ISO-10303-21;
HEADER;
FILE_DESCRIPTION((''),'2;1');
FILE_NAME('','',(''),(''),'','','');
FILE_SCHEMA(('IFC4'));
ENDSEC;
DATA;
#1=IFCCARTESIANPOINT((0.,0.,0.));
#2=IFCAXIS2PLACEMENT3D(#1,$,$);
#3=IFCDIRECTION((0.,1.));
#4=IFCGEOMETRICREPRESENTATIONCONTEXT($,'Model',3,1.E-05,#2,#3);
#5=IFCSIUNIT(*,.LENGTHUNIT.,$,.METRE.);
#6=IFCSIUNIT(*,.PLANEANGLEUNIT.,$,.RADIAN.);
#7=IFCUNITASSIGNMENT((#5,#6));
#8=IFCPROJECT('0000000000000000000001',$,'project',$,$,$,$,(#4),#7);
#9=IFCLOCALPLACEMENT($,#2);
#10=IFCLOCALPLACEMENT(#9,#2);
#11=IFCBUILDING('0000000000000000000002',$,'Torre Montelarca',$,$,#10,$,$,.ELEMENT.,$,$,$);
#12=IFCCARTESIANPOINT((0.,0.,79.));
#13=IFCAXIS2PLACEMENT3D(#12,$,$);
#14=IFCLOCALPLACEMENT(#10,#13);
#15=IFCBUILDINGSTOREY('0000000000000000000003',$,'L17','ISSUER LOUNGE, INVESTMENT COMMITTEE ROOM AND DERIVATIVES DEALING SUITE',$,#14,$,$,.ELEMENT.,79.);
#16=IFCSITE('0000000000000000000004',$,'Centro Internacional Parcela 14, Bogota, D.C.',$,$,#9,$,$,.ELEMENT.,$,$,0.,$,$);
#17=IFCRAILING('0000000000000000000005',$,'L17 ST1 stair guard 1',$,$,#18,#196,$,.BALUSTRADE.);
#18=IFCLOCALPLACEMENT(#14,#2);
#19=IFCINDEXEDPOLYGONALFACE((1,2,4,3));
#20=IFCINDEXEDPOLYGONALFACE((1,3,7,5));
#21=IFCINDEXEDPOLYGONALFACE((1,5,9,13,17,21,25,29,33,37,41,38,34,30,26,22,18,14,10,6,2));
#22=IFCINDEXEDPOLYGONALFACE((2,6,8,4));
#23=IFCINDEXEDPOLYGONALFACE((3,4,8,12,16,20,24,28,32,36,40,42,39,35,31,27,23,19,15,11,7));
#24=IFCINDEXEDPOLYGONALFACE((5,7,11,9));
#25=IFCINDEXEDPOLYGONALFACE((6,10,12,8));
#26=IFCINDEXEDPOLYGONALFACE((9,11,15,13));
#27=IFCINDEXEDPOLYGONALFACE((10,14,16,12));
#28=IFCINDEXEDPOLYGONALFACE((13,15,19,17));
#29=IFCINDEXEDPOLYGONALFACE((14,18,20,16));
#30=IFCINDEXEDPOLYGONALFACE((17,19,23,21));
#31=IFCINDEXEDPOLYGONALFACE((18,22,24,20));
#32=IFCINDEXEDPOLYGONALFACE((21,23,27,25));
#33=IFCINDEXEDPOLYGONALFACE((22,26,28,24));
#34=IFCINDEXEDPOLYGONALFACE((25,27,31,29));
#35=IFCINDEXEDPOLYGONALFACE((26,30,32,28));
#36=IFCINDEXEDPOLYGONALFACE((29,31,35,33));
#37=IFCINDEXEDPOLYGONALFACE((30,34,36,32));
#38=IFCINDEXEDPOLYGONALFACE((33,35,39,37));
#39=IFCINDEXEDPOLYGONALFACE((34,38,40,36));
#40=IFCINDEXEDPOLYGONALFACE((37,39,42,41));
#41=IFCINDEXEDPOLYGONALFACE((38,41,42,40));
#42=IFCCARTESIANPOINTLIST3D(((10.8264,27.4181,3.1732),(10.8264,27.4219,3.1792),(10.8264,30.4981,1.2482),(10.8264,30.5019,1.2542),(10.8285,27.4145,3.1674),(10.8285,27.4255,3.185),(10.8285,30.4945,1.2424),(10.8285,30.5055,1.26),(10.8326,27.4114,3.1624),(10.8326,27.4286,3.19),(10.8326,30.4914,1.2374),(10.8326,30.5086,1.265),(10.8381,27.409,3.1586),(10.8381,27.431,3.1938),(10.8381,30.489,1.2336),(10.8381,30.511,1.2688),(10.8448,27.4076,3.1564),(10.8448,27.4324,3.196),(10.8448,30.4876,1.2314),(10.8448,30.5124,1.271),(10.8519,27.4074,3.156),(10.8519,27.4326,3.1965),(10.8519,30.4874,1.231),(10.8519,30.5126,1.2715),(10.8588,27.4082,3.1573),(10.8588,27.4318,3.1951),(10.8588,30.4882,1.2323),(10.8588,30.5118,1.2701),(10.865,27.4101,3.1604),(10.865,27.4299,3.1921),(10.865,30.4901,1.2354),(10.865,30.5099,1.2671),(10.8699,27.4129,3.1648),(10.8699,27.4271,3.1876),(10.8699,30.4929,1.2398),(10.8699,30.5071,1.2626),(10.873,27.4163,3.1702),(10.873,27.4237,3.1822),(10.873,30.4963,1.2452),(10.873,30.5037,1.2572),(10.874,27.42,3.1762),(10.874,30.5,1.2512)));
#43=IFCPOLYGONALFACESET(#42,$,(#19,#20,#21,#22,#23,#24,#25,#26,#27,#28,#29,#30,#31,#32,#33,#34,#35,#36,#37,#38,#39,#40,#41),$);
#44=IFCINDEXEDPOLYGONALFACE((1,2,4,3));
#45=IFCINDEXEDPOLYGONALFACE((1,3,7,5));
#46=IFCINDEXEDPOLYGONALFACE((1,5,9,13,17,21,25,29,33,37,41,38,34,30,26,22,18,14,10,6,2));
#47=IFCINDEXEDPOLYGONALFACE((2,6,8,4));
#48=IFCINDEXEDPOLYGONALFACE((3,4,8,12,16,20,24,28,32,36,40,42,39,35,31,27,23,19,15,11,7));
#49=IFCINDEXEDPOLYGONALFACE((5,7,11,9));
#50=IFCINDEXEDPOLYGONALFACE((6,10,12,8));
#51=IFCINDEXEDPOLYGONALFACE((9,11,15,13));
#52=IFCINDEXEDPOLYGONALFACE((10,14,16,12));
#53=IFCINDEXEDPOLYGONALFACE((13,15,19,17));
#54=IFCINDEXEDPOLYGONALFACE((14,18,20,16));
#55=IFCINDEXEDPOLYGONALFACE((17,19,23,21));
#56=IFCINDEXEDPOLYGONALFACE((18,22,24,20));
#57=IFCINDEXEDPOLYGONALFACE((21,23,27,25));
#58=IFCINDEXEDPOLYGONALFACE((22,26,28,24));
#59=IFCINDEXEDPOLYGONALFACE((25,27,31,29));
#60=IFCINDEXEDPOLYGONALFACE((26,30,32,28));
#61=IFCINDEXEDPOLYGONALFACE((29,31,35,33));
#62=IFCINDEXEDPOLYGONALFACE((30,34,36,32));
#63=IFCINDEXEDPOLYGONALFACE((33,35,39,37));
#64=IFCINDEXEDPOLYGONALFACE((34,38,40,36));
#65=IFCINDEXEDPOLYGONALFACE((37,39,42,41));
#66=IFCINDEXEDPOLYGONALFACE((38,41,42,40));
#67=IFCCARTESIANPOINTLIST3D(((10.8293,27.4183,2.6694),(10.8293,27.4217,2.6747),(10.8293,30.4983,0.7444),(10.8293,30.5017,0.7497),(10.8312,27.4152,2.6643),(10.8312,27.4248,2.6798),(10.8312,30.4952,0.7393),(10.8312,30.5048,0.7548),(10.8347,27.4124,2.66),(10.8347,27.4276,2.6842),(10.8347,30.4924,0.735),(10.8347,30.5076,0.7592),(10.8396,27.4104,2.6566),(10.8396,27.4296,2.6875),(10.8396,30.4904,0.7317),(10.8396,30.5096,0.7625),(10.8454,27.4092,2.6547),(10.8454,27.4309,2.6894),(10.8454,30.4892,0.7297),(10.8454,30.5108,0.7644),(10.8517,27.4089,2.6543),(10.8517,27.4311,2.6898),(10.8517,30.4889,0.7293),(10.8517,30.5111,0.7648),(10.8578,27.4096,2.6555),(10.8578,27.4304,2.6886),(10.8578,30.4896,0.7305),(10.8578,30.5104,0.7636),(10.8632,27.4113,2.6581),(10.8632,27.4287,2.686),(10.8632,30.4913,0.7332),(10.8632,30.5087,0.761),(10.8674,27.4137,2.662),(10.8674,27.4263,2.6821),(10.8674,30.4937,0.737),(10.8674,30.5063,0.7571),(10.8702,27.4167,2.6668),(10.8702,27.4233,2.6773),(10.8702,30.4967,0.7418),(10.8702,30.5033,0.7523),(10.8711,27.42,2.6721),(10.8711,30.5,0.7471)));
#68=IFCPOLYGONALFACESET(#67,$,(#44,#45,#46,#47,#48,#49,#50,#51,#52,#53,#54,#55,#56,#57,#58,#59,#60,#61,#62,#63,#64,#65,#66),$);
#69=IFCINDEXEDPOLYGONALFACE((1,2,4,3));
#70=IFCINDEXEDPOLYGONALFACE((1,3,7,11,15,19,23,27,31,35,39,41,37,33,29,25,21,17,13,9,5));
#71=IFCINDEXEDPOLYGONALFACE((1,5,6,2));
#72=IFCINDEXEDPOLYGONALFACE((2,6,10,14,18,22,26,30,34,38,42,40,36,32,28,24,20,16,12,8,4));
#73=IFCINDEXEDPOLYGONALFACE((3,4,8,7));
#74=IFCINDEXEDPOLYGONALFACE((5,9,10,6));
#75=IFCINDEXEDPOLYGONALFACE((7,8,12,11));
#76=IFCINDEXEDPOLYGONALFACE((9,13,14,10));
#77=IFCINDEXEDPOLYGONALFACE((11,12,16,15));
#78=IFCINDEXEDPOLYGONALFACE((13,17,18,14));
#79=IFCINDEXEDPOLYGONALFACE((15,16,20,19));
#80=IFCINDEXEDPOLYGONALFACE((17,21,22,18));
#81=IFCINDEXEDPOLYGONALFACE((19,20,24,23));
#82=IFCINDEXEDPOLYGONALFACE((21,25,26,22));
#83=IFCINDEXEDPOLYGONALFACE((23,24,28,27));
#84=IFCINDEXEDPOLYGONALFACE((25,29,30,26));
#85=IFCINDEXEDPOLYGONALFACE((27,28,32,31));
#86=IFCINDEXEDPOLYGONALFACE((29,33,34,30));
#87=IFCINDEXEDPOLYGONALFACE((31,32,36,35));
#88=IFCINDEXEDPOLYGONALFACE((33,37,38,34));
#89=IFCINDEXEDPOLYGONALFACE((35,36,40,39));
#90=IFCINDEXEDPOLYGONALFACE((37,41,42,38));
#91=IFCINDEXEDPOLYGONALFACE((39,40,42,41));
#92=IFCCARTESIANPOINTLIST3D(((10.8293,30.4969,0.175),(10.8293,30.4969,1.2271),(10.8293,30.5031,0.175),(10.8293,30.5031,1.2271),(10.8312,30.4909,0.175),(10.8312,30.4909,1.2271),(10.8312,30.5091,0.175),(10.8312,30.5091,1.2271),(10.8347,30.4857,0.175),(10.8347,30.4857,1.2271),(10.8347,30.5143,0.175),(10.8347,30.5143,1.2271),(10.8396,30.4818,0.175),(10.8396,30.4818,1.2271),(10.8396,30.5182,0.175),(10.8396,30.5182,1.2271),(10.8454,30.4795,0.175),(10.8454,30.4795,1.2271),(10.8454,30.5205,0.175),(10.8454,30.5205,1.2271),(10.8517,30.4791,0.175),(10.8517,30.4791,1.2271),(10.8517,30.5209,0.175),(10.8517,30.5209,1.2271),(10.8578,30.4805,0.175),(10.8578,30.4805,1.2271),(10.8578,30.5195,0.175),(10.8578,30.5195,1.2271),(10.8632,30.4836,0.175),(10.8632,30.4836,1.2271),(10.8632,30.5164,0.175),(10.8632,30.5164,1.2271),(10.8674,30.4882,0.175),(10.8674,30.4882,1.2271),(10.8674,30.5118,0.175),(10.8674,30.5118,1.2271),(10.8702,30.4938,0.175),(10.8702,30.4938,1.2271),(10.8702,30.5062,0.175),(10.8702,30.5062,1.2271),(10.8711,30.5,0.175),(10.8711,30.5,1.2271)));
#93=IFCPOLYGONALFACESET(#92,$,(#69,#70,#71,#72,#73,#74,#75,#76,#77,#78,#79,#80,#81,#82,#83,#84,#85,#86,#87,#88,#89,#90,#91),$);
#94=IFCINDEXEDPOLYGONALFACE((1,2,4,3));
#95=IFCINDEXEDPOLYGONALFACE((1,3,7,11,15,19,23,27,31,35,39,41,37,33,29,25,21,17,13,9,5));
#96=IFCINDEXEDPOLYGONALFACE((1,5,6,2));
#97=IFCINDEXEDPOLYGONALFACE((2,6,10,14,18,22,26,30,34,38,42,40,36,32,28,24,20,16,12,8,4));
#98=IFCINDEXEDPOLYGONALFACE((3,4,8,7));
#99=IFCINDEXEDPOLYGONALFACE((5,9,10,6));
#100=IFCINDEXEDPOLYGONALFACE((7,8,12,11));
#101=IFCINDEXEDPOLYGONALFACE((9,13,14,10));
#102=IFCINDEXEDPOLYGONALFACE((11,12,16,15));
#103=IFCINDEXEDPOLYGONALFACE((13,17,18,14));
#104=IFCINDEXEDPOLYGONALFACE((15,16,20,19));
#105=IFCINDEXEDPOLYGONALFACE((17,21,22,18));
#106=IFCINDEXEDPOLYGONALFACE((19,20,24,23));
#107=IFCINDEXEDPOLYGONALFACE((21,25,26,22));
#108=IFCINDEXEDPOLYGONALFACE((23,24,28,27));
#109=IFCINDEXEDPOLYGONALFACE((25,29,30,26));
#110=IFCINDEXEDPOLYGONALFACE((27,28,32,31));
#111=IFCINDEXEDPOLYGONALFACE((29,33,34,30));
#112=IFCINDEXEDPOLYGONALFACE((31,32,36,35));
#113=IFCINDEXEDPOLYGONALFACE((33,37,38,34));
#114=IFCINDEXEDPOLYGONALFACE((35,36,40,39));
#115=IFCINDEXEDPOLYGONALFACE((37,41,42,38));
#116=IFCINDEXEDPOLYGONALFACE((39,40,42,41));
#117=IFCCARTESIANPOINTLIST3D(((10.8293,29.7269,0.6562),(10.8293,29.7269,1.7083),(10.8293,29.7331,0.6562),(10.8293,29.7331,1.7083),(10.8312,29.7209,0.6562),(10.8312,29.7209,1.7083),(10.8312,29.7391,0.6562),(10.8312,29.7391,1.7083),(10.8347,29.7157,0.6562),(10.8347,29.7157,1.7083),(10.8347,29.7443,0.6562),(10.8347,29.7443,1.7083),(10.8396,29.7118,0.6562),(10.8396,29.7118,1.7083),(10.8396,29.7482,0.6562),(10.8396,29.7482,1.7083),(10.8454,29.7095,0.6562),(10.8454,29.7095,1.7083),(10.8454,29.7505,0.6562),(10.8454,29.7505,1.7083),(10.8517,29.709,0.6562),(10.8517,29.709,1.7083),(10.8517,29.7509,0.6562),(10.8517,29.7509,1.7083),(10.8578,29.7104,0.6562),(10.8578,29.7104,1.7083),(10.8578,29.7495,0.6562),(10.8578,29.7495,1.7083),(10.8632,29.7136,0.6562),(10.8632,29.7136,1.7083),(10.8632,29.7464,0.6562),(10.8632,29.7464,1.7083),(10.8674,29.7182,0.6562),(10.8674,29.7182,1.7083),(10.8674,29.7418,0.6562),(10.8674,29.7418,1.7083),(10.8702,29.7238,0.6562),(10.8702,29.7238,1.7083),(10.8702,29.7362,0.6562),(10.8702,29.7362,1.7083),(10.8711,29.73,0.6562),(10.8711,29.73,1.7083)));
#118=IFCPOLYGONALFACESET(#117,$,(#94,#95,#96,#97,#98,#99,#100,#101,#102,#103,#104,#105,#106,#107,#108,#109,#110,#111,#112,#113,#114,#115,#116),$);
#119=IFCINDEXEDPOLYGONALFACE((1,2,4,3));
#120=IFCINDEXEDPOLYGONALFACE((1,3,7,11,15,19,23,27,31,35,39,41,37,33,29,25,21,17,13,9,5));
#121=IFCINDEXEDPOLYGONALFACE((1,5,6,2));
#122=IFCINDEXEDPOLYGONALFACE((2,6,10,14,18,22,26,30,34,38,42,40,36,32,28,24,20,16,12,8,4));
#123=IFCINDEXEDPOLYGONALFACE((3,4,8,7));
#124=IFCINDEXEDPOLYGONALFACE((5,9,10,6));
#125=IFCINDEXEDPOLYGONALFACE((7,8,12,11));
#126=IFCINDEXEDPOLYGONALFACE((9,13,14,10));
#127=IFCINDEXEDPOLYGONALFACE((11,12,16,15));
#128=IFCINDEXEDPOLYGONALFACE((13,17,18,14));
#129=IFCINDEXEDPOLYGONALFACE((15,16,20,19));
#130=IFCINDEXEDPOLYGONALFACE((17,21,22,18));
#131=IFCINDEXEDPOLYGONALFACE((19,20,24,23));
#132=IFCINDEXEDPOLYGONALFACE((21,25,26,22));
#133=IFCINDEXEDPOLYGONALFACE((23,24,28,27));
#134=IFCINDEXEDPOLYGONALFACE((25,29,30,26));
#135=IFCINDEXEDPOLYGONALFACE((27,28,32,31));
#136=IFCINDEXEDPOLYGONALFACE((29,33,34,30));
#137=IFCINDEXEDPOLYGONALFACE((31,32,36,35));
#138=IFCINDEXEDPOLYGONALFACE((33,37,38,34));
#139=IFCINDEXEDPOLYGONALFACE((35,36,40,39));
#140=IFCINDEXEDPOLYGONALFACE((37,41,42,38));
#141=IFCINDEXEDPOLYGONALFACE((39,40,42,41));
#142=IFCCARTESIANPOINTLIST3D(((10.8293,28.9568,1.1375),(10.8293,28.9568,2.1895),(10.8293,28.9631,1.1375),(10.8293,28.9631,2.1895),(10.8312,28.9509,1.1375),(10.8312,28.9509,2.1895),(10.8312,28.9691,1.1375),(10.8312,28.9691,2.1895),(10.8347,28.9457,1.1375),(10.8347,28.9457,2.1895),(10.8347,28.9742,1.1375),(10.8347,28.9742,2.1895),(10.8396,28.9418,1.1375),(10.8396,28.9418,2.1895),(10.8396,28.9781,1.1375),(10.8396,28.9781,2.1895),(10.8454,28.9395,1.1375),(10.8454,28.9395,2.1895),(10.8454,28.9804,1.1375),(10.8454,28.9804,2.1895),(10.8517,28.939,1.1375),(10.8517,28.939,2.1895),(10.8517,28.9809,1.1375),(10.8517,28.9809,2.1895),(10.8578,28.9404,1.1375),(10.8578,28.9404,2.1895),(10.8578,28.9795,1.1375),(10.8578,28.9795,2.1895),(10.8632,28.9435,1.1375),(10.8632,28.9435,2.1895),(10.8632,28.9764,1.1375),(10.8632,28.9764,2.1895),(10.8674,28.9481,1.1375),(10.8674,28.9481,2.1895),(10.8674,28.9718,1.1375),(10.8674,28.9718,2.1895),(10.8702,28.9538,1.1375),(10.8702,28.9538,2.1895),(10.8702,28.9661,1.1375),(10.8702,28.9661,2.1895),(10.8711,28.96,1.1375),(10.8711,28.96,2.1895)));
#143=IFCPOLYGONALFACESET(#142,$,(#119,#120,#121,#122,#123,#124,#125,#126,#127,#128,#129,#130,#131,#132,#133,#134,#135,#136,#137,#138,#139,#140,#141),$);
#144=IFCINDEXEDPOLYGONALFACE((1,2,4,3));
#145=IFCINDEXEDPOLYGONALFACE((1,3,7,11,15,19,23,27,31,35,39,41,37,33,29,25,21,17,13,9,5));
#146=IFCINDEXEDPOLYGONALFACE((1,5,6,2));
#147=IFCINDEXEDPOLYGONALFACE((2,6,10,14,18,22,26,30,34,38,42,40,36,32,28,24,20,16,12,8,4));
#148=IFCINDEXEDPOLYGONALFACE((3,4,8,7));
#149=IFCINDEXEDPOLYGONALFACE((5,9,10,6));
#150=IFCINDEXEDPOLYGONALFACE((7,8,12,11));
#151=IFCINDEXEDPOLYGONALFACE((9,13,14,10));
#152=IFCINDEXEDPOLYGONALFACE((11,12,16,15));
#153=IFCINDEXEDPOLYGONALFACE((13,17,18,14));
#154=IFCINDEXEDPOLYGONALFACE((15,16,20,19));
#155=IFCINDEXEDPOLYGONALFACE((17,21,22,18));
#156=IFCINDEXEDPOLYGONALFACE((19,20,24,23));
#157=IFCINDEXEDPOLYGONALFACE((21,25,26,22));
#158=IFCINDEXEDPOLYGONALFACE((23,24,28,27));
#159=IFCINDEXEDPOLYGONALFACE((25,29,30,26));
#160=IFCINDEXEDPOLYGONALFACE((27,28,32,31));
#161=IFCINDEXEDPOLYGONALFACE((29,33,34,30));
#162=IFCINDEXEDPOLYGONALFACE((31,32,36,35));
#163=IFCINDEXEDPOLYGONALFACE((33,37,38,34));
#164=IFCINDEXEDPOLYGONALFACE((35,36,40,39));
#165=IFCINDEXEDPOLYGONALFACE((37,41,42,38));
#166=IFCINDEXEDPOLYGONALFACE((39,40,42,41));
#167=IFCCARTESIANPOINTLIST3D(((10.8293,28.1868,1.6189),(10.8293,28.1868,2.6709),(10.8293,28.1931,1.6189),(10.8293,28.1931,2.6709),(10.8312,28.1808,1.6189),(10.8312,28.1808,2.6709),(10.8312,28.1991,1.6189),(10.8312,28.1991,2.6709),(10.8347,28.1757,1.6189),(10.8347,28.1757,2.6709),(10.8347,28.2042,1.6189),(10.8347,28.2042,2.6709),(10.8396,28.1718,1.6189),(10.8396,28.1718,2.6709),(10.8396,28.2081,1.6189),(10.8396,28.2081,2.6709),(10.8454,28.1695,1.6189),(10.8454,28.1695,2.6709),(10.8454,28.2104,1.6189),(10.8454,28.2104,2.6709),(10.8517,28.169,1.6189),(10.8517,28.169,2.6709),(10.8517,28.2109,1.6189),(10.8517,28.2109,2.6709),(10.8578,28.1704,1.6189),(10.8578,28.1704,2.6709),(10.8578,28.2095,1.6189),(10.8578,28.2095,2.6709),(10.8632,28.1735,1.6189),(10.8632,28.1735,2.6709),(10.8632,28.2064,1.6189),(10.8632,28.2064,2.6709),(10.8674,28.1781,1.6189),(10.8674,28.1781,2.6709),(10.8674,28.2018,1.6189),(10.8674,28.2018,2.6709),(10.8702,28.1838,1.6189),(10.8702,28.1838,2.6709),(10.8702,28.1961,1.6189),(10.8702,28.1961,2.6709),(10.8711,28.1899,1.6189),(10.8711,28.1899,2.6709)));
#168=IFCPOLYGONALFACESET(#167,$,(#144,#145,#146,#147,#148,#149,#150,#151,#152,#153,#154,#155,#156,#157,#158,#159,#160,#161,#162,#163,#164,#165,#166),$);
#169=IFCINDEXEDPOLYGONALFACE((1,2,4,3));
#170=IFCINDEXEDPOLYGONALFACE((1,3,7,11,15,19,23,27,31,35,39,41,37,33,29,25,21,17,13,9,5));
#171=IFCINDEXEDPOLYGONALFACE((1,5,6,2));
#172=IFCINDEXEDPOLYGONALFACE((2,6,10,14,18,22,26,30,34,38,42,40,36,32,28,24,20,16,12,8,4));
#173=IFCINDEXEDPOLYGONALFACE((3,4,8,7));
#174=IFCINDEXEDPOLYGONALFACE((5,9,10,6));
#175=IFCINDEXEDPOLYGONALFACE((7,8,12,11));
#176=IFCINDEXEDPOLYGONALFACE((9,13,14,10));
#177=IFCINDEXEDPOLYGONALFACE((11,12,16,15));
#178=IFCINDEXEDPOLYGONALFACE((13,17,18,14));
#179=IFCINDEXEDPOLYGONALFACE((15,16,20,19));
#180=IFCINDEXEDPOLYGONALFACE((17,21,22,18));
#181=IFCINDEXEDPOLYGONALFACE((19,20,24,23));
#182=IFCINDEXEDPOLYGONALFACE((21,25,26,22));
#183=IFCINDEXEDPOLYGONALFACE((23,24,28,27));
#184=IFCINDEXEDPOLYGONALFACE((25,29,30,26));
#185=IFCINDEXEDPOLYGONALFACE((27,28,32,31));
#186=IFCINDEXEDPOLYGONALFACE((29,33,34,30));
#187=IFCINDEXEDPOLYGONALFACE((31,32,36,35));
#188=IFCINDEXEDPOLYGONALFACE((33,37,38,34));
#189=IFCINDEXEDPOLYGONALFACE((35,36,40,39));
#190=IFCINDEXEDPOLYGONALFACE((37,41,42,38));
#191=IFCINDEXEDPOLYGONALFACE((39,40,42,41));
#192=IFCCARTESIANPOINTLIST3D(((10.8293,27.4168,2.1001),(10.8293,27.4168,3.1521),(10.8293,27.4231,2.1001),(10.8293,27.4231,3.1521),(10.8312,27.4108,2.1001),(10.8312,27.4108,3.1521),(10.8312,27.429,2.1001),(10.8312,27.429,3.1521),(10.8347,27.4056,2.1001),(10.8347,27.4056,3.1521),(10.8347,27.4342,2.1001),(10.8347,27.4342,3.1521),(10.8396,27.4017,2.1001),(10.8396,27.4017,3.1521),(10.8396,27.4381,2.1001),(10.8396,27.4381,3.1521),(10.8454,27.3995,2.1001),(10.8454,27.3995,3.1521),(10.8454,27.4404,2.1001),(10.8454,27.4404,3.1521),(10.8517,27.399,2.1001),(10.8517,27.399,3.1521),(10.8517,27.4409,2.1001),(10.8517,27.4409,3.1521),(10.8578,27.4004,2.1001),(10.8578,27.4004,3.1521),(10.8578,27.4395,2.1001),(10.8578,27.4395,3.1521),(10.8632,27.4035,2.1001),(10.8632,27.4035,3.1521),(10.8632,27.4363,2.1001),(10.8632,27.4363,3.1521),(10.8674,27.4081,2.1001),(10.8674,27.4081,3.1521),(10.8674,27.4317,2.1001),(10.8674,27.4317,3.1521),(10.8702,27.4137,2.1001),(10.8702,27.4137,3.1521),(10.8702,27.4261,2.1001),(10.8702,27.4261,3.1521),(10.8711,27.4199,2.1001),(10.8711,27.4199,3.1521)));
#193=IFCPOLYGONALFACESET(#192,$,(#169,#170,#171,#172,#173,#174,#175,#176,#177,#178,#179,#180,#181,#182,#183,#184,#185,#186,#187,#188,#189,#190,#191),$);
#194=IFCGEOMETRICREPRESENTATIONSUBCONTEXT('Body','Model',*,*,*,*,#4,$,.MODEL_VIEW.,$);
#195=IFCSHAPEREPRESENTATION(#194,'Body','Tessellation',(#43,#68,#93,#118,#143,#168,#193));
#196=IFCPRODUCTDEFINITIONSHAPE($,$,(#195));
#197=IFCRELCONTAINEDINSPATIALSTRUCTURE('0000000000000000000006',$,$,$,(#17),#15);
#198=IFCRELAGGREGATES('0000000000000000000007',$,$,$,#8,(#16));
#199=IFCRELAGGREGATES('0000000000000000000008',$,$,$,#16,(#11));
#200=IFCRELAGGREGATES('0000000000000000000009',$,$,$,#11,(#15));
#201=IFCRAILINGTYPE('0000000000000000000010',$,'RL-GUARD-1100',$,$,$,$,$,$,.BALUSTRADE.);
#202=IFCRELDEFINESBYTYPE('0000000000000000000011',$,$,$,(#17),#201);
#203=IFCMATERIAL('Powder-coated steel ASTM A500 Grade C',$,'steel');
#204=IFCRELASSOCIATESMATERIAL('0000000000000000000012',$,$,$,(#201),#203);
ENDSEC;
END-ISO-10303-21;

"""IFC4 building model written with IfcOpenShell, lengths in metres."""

from ifc_helpers import new_model, si_unit, direction, frame, origin, origin_2d, place, context, subcontext, project, spatial, circle, extrude, material, type_object, element, save


model = new_model("IFC4")

# Units and contexts
model_context = context("Model", 3, precision=1e-05, world=origin(), true_north=direction((0.0, 1.0)))
body_context = subcontext(model_context, "Body", "Model", "MODEL_VIEW")
ifc_project = project(units=[si_unit("LENGTHUNIT", "METRE"), si_unit("PLANEANGLEUNIT", "RADIAN")], contexts=[model_context])

# Site, building, storey
site_placement = place(None, origin())
site = spatial("IfcSite", under=ifc_project, at=site_placement, Name="Centro Internacional Parcela 14, Bogota, D.C.", CompositionType="ELEMENT", RefElevation=0.0)
building_placement = place(site_placement, origin())
building = spatial("IfcBuilding", under=site, at=building_placement, Name="Torre Montelarca", CompositionType="ELEMENT")
storey_placement = place(building_placement, frame((0.0, 0.0, 79.0)))
storey = spatial("IfcBuildingStorey", under=building, at=storey_placement, Name="L17", Description="ISSUER LOUNGE, INVESTMENT COMMITTEE ROOM AND DERIVATIVES DEALING SUITE", CompositionType="ELEMENT", Elevation=79.0)

# Railing
ifc_material_1 = material(Name="Powder-coated steel ASTM A500 Grade C", Category="steel")
railing_type_1 = type_object("IfcRailingType", Name="RL-GUARD-1100", PredefinedType="BALUSTRADE", material=ifc_material_1)
railing_1_placement = place(storey_placement, frame((10.8501, 30.5, 0.175)))
element("IfcRailing", 1, at=railing_1_placement, inside=storey, type_object=railing_type_1, Name="L17 ST1 stair guard 1", PredefinedType="BALUSTRADE", context=body_context, shape_type="SweptSolid", body=[
    extrude(circle(Radius=0.0239, at=origin_2d()), frame((0.0, 0.0, 1.0762), z_axis=(0.0, -0.847998, 0.529999), x_axis=(1.0, 0.0, 0.0)), (0.0, 0.0, 1.0), 3.6321),
    extrude(circle(Radius=0.021, at=origin_2d()), frame((0.0, 0.0, 0.572), z_axis=(0.0, -0.847998, 0.529999), x_axis=(1.0, 0.0, 0.0)), (0.0, 0.0, 1.0), 3.6321),
    extrude(circle(Radius=0.021, at=origin_2d()), origin(), (0.0, 0.0, 1.0), 1.052),
    extrude(circle(Radius=0.021, at=origin_2d()), frame((0.0, -0.77, 0.4812)), (0.0, 0.0, 1.0), 1.052),
    extrude(circle(Radius=0.021, at=origin_2d()), frame((0.0, -1.54, 0.9624)), (0.0, 0.0, 1.0), 1.052),
    extrude(circle(Radius=0.021, at=origin_2d()), frame((0.0, -2.3101, 1.4438)), (0.0, 0.0, 1.0), 1.052),
    extrude(circle(Radius=0.021, at=origin_2d()), frame((0.0, -3.0801, 1.925)), (0.0, 0.0, 1.0), 1.052),
])

save(model, "model.ifc")
